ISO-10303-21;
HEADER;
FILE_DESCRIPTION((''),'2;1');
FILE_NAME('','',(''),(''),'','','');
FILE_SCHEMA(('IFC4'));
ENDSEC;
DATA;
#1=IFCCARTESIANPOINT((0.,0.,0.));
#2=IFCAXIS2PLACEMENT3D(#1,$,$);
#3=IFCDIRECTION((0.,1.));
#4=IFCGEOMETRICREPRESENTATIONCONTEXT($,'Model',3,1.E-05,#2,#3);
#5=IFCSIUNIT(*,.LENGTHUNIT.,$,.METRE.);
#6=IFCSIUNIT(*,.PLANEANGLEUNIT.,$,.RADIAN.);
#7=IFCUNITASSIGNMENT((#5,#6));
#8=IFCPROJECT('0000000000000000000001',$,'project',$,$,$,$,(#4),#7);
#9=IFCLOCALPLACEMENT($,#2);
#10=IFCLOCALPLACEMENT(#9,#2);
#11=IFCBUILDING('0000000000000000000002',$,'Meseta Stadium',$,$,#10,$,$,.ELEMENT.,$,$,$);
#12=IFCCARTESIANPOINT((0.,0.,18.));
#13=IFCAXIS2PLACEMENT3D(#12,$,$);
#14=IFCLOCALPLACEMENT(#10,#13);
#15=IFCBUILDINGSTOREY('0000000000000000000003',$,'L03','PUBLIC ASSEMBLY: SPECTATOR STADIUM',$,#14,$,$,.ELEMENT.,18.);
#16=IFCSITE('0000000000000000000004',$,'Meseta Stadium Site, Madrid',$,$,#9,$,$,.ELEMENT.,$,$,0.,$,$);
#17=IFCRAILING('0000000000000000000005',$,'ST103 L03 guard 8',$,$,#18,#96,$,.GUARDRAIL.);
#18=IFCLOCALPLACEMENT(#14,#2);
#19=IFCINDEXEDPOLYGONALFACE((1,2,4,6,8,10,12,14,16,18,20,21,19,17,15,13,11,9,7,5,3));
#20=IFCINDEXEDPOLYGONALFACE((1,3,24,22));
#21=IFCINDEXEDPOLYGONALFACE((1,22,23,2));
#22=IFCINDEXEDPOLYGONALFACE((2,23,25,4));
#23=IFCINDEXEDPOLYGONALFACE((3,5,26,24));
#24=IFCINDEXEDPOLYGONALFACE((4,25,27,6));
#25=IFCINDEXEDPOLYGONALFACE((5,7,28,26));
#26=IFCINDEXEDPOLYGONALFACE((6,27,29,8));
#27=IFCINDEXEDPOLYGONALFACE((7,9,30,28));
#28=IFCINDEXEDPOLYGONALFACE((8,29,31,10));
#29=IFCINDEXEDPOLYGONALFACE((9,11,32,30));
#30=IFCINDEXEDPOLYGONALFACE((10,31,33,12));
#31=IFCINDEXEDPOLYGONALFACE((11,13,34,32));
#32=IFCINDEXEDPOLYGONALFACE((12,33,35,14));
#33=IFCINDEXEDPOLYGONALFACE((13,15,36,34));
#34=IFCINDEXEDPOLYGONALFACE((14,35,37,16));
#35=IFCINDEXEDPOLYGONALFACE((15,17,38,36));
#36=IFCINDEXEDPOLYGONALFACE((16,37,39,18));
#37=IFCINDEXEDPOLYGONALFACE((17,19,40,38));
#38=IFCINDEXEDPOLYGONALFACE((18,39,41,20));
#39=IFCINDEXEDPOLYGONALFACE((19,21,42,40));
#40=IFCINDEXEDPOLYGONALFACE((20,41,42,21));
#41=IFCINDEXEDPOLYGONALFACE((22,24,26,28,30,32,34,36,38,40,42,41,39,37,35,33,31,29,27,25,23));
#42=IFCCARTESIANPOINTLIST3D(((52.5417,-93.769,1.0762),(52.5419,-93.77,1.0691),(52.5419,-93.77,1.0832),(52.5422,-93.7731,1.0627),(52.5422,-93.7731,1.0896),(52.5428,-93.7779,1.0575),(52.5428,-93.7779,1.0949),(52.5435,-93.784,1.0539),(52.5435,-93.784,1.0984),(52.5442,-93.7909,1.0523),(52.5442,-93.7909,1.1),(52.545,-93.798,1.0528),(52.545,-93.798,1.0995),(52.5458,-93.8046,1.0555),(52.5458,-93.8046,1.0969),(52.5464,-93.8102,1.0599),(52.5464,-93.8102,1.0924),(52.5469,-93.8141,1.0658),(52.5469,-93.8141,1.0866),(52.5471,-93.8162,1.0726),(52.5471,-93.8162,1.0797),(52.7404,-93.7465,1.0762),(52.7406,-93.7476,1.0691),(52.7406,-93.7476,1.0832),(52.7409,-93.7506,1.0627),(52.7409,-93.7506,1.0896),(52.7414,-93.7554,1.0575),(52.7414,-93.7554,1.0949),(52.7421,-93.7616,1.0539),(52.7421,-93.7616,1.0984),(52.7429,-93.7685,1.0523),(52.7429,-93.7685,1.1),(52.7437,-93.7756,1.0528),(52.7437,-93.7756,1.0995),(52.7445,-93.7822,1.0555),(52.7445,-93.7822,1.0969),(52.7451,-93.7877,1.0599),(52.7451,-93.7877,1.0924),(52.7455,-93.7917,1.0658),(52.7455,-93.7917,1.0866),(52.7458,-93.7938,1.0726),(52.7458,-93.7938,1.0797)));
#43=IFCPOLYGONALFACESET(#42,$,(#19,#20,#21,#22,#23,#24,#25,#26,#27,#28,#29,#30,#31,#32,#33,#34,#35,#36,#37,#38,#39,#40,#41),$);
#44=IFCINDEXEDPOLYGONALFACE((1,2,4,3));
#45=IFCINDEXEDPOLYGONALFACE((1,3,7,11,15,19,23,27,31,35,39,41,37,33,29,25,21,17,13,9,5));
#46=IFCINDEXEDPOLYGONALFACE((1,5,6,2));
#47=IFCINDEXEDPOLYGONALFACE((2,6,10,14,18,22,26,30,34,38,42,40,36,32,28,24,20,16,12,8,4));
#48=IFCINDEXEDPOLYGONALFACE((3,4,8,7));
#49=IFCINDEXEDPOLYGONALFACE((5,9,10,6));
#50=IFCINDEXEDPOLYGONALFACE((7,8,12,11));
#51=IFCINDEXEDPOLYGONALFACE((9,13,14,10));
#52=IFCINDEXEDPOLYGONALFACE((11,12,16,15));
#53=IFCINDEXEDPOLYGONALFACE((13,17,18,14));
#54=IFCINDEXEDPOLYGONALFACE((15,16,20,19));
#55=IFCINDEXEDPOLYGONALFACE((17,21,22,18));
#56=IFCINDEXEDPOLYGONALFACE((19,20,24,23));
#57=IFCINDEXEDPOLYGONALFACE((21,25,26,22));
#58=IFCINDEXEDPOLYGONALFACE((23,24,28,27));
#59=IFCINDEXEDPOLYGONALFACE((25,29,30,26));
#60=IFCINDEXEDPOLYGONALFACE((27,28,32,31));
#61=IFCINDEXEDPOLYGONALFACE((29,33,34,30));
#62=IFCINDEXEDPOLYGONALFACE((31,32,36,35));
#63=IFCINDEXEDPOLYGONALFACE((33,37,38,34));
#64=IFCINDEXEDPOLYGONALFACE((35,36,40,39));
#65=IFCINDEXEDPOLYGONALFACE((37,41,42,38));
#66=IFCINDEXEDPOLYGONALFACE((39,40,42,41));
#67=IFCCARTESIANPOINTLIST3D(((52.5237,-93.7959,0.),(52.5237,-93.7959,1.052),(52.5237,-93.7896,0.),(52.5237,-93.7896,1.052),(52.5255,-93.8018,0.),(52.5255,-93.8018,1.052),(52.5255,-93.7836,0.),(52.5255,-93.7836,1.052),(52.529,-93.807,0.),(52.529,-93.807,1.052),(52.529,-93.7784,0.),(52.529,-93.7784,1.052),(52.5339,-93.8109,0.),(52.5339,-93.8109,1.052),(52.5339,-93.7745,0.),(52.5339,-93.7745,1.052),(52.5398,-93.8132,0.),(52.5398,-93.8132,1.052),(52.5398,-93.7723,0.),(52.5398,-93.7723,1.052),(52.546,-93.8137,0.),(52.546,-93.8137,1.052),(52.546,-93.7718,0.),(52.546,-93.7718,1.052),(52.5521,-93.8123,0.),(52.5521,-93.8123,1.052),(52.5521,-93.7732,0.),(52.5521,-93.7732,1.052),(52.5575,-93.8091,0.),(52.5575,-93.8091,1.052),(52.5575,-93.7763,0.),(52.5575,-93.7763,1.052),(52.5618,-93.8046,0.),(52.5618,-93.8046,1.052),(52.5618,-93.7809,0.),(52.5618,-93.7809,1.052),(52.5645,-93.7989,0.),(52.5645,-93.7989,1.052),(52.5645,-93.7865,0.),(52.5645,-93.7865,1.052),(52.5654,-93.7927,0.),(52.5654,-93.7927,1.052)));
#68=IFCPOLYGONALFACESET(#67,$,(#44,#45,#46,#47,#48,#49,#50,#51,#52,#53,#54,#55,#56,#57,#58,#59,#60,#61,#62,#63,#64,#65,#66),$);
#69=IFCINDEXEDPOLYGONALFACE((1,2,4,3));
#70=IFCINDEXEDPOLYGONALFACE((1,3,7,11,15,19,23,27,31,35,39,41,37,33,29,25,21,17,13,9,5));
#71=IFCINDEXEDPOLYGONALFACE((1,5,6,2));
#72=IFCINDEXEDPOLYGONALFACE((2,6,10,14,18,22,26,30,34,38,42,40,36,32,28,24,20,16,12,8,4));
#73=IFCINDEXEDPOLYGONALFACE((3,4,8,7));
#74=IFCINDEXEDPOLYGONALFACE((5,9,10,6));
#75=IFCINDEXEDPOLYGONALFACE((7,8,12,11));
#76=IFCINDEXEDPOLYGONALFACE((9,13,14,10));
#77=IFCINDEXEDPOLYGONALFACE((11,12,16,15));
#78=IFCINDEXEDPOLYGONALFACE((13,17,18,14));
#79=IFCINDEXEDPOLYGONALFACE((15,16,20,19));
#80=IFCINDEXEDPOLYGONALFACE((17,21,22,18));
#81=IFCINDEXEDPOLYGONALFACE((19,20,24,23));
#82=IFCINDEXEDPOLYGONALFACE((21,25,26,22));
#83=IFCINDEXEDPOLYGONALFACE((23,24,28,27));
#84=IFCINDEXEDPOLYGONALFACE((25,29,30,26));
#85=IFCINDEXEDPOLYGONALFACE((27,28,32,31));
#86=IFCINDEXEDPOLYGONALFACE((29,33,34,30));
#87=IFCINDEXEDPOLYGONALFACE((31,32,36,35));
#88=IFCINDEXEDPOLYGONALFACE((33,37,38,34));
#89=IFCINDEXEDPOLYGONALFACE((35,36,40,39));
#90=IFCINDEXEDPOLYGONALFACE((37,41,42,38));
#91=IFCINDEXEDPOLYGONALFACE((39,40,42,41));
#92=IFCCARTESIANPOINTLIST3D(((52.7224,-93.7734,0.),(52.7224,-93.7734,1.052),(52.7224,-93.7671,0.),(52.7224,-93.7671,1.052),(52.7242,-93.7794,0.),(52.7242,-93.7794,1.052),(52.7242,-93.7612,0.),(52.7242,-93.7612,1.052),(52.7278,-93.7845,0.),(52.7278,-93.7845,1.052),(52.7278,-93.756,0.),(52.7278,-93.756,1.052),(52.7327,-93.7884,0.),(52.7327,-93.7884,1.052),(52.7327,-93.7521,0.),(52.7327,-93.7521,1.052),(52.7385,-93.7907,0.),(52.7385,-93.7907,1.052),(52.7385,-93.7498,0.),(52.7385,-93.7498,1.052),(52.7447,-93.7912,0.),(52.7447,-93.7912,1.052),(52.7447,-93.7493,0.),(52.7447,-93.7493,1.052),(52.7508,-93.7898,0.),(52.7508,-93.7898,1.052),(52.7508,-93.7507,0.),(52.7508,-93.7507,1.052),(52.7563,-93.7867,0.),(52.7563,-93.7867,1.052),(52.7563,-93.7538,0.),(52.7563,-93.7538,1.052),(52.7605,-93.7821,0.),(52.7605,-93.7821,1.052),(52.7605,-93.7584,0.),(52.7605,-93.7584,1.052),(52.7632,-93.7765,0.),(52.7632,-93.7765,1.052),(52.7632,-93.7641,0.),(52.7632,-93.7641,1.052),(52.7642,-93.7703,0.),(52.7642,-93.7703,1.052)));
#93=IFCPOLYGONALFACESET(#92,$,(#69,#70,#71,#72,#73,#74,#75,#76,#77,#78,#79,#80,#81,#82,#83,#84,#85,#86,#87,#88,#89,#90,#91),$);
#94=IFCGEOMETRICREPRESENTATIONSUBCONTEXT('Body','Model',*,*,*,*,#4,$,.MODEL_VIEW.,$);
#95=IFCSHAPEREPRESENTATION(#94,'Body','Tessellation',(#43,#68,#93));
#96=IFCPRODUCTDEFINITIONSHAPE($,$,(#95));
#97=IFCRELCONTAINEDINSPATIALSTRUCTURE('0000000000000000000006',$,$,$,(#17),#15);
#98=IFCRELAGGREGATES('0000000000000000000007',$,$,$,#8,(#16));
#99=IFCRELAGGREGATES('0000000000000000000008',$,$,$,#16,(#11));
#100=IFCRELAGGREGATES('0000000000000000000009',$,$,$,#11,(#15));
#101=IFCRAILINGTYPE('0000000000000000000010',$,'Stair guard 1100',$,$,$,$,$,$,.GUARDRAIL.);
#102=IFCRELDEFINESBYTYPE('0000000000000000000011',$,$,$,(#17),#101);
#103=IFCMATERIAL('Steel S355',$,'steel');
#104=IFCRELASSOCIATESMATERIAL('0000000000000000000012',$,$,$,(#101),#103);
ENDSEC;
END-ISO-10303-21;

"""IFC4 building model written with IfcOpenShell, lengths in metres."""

from ifc_helpers import new_model, si_unit, direction, frame, origin, origin_2d, place, context, subcontext, project, spatial, circle, extrude, material, type_object, element, save


model = new_model("IFC4")

# Units and contexts
model_context = context("Model", 3, precision=1e-05, world=origin(), true_north=direction((0.0, 1.0)))
body_context = subcontext(model_context, "Body", "Model", "MODEL_VIEW")
ifc_project = project(units=[si_unit("LENGTHUNIT", "METRE"), si_unit("PLANEANGLEUNIT", "RADIAN")], contexts=[model_context])

# Site, building, storey
site_placement = place(None, origin())
site = spatial("IfcSite", under=ifc_project, at=site_placement, Name="Meseta Stadium Site, Madrid", CompositionType="ELEMENT", RefElevation=0.0)
building_placement = place(site_placement, origin())
building = spatial("IfcBuilding", under=site, at=building_placement, Name="Meseta Stadium", CompositionType="ELEMENT")
storey_placement = place(building_placement, frame((0.0, 0.0, 18.0)))
storey = spatial("IfcBuildingStorey", under=building, at=storey_placement, Name="L03", Description="PUBLIC ASSEMBLY: SPECTATOR STADIUM", CompositionType="ELEMENT", Elevation=18.0)

# Railing
ifc_material_1 = material(Name="Steel S355", Category="steel")
railing_type_1 = type_object("IfcRailingType", Name="Stair guard 1100", PredefinedType="GUARDRAIL", material=ifc_material_1)
railing_1_placement = place(storey_placement, frame((52.5444, -93.7927, 0.0)))
element("IfcRailing", 1, at=railing_1_placement, inside=storey, type_object=railing_type_1, Name="ST103 L03 guard 8", PredefinedType="GUARDRAIL", context=body_context, shape_type="SweptSolid", body=[
    extrude(circle(Radius=0.0239, at=origin_2d()), frame((0.0, 0.0, 1.0762), z_axis=(0.993674, 0.112307, 0.0), x_axis=(-0.112307, 0.993674, 0.0)), (0.0, 0.0, 1.0), 0.2),
    extrude(circle(Radius=0.021, at=origin_2d()), origin(), (0.0, 0.0, 1.0), 1.052),
    extrude(circle(Radius=0.021, at=origin_2d()), frame((0.1987, 0.0225, 0.0)), (0.0, 0.0, 1.0), 1.052),
])

save(model, "model.ifc")
